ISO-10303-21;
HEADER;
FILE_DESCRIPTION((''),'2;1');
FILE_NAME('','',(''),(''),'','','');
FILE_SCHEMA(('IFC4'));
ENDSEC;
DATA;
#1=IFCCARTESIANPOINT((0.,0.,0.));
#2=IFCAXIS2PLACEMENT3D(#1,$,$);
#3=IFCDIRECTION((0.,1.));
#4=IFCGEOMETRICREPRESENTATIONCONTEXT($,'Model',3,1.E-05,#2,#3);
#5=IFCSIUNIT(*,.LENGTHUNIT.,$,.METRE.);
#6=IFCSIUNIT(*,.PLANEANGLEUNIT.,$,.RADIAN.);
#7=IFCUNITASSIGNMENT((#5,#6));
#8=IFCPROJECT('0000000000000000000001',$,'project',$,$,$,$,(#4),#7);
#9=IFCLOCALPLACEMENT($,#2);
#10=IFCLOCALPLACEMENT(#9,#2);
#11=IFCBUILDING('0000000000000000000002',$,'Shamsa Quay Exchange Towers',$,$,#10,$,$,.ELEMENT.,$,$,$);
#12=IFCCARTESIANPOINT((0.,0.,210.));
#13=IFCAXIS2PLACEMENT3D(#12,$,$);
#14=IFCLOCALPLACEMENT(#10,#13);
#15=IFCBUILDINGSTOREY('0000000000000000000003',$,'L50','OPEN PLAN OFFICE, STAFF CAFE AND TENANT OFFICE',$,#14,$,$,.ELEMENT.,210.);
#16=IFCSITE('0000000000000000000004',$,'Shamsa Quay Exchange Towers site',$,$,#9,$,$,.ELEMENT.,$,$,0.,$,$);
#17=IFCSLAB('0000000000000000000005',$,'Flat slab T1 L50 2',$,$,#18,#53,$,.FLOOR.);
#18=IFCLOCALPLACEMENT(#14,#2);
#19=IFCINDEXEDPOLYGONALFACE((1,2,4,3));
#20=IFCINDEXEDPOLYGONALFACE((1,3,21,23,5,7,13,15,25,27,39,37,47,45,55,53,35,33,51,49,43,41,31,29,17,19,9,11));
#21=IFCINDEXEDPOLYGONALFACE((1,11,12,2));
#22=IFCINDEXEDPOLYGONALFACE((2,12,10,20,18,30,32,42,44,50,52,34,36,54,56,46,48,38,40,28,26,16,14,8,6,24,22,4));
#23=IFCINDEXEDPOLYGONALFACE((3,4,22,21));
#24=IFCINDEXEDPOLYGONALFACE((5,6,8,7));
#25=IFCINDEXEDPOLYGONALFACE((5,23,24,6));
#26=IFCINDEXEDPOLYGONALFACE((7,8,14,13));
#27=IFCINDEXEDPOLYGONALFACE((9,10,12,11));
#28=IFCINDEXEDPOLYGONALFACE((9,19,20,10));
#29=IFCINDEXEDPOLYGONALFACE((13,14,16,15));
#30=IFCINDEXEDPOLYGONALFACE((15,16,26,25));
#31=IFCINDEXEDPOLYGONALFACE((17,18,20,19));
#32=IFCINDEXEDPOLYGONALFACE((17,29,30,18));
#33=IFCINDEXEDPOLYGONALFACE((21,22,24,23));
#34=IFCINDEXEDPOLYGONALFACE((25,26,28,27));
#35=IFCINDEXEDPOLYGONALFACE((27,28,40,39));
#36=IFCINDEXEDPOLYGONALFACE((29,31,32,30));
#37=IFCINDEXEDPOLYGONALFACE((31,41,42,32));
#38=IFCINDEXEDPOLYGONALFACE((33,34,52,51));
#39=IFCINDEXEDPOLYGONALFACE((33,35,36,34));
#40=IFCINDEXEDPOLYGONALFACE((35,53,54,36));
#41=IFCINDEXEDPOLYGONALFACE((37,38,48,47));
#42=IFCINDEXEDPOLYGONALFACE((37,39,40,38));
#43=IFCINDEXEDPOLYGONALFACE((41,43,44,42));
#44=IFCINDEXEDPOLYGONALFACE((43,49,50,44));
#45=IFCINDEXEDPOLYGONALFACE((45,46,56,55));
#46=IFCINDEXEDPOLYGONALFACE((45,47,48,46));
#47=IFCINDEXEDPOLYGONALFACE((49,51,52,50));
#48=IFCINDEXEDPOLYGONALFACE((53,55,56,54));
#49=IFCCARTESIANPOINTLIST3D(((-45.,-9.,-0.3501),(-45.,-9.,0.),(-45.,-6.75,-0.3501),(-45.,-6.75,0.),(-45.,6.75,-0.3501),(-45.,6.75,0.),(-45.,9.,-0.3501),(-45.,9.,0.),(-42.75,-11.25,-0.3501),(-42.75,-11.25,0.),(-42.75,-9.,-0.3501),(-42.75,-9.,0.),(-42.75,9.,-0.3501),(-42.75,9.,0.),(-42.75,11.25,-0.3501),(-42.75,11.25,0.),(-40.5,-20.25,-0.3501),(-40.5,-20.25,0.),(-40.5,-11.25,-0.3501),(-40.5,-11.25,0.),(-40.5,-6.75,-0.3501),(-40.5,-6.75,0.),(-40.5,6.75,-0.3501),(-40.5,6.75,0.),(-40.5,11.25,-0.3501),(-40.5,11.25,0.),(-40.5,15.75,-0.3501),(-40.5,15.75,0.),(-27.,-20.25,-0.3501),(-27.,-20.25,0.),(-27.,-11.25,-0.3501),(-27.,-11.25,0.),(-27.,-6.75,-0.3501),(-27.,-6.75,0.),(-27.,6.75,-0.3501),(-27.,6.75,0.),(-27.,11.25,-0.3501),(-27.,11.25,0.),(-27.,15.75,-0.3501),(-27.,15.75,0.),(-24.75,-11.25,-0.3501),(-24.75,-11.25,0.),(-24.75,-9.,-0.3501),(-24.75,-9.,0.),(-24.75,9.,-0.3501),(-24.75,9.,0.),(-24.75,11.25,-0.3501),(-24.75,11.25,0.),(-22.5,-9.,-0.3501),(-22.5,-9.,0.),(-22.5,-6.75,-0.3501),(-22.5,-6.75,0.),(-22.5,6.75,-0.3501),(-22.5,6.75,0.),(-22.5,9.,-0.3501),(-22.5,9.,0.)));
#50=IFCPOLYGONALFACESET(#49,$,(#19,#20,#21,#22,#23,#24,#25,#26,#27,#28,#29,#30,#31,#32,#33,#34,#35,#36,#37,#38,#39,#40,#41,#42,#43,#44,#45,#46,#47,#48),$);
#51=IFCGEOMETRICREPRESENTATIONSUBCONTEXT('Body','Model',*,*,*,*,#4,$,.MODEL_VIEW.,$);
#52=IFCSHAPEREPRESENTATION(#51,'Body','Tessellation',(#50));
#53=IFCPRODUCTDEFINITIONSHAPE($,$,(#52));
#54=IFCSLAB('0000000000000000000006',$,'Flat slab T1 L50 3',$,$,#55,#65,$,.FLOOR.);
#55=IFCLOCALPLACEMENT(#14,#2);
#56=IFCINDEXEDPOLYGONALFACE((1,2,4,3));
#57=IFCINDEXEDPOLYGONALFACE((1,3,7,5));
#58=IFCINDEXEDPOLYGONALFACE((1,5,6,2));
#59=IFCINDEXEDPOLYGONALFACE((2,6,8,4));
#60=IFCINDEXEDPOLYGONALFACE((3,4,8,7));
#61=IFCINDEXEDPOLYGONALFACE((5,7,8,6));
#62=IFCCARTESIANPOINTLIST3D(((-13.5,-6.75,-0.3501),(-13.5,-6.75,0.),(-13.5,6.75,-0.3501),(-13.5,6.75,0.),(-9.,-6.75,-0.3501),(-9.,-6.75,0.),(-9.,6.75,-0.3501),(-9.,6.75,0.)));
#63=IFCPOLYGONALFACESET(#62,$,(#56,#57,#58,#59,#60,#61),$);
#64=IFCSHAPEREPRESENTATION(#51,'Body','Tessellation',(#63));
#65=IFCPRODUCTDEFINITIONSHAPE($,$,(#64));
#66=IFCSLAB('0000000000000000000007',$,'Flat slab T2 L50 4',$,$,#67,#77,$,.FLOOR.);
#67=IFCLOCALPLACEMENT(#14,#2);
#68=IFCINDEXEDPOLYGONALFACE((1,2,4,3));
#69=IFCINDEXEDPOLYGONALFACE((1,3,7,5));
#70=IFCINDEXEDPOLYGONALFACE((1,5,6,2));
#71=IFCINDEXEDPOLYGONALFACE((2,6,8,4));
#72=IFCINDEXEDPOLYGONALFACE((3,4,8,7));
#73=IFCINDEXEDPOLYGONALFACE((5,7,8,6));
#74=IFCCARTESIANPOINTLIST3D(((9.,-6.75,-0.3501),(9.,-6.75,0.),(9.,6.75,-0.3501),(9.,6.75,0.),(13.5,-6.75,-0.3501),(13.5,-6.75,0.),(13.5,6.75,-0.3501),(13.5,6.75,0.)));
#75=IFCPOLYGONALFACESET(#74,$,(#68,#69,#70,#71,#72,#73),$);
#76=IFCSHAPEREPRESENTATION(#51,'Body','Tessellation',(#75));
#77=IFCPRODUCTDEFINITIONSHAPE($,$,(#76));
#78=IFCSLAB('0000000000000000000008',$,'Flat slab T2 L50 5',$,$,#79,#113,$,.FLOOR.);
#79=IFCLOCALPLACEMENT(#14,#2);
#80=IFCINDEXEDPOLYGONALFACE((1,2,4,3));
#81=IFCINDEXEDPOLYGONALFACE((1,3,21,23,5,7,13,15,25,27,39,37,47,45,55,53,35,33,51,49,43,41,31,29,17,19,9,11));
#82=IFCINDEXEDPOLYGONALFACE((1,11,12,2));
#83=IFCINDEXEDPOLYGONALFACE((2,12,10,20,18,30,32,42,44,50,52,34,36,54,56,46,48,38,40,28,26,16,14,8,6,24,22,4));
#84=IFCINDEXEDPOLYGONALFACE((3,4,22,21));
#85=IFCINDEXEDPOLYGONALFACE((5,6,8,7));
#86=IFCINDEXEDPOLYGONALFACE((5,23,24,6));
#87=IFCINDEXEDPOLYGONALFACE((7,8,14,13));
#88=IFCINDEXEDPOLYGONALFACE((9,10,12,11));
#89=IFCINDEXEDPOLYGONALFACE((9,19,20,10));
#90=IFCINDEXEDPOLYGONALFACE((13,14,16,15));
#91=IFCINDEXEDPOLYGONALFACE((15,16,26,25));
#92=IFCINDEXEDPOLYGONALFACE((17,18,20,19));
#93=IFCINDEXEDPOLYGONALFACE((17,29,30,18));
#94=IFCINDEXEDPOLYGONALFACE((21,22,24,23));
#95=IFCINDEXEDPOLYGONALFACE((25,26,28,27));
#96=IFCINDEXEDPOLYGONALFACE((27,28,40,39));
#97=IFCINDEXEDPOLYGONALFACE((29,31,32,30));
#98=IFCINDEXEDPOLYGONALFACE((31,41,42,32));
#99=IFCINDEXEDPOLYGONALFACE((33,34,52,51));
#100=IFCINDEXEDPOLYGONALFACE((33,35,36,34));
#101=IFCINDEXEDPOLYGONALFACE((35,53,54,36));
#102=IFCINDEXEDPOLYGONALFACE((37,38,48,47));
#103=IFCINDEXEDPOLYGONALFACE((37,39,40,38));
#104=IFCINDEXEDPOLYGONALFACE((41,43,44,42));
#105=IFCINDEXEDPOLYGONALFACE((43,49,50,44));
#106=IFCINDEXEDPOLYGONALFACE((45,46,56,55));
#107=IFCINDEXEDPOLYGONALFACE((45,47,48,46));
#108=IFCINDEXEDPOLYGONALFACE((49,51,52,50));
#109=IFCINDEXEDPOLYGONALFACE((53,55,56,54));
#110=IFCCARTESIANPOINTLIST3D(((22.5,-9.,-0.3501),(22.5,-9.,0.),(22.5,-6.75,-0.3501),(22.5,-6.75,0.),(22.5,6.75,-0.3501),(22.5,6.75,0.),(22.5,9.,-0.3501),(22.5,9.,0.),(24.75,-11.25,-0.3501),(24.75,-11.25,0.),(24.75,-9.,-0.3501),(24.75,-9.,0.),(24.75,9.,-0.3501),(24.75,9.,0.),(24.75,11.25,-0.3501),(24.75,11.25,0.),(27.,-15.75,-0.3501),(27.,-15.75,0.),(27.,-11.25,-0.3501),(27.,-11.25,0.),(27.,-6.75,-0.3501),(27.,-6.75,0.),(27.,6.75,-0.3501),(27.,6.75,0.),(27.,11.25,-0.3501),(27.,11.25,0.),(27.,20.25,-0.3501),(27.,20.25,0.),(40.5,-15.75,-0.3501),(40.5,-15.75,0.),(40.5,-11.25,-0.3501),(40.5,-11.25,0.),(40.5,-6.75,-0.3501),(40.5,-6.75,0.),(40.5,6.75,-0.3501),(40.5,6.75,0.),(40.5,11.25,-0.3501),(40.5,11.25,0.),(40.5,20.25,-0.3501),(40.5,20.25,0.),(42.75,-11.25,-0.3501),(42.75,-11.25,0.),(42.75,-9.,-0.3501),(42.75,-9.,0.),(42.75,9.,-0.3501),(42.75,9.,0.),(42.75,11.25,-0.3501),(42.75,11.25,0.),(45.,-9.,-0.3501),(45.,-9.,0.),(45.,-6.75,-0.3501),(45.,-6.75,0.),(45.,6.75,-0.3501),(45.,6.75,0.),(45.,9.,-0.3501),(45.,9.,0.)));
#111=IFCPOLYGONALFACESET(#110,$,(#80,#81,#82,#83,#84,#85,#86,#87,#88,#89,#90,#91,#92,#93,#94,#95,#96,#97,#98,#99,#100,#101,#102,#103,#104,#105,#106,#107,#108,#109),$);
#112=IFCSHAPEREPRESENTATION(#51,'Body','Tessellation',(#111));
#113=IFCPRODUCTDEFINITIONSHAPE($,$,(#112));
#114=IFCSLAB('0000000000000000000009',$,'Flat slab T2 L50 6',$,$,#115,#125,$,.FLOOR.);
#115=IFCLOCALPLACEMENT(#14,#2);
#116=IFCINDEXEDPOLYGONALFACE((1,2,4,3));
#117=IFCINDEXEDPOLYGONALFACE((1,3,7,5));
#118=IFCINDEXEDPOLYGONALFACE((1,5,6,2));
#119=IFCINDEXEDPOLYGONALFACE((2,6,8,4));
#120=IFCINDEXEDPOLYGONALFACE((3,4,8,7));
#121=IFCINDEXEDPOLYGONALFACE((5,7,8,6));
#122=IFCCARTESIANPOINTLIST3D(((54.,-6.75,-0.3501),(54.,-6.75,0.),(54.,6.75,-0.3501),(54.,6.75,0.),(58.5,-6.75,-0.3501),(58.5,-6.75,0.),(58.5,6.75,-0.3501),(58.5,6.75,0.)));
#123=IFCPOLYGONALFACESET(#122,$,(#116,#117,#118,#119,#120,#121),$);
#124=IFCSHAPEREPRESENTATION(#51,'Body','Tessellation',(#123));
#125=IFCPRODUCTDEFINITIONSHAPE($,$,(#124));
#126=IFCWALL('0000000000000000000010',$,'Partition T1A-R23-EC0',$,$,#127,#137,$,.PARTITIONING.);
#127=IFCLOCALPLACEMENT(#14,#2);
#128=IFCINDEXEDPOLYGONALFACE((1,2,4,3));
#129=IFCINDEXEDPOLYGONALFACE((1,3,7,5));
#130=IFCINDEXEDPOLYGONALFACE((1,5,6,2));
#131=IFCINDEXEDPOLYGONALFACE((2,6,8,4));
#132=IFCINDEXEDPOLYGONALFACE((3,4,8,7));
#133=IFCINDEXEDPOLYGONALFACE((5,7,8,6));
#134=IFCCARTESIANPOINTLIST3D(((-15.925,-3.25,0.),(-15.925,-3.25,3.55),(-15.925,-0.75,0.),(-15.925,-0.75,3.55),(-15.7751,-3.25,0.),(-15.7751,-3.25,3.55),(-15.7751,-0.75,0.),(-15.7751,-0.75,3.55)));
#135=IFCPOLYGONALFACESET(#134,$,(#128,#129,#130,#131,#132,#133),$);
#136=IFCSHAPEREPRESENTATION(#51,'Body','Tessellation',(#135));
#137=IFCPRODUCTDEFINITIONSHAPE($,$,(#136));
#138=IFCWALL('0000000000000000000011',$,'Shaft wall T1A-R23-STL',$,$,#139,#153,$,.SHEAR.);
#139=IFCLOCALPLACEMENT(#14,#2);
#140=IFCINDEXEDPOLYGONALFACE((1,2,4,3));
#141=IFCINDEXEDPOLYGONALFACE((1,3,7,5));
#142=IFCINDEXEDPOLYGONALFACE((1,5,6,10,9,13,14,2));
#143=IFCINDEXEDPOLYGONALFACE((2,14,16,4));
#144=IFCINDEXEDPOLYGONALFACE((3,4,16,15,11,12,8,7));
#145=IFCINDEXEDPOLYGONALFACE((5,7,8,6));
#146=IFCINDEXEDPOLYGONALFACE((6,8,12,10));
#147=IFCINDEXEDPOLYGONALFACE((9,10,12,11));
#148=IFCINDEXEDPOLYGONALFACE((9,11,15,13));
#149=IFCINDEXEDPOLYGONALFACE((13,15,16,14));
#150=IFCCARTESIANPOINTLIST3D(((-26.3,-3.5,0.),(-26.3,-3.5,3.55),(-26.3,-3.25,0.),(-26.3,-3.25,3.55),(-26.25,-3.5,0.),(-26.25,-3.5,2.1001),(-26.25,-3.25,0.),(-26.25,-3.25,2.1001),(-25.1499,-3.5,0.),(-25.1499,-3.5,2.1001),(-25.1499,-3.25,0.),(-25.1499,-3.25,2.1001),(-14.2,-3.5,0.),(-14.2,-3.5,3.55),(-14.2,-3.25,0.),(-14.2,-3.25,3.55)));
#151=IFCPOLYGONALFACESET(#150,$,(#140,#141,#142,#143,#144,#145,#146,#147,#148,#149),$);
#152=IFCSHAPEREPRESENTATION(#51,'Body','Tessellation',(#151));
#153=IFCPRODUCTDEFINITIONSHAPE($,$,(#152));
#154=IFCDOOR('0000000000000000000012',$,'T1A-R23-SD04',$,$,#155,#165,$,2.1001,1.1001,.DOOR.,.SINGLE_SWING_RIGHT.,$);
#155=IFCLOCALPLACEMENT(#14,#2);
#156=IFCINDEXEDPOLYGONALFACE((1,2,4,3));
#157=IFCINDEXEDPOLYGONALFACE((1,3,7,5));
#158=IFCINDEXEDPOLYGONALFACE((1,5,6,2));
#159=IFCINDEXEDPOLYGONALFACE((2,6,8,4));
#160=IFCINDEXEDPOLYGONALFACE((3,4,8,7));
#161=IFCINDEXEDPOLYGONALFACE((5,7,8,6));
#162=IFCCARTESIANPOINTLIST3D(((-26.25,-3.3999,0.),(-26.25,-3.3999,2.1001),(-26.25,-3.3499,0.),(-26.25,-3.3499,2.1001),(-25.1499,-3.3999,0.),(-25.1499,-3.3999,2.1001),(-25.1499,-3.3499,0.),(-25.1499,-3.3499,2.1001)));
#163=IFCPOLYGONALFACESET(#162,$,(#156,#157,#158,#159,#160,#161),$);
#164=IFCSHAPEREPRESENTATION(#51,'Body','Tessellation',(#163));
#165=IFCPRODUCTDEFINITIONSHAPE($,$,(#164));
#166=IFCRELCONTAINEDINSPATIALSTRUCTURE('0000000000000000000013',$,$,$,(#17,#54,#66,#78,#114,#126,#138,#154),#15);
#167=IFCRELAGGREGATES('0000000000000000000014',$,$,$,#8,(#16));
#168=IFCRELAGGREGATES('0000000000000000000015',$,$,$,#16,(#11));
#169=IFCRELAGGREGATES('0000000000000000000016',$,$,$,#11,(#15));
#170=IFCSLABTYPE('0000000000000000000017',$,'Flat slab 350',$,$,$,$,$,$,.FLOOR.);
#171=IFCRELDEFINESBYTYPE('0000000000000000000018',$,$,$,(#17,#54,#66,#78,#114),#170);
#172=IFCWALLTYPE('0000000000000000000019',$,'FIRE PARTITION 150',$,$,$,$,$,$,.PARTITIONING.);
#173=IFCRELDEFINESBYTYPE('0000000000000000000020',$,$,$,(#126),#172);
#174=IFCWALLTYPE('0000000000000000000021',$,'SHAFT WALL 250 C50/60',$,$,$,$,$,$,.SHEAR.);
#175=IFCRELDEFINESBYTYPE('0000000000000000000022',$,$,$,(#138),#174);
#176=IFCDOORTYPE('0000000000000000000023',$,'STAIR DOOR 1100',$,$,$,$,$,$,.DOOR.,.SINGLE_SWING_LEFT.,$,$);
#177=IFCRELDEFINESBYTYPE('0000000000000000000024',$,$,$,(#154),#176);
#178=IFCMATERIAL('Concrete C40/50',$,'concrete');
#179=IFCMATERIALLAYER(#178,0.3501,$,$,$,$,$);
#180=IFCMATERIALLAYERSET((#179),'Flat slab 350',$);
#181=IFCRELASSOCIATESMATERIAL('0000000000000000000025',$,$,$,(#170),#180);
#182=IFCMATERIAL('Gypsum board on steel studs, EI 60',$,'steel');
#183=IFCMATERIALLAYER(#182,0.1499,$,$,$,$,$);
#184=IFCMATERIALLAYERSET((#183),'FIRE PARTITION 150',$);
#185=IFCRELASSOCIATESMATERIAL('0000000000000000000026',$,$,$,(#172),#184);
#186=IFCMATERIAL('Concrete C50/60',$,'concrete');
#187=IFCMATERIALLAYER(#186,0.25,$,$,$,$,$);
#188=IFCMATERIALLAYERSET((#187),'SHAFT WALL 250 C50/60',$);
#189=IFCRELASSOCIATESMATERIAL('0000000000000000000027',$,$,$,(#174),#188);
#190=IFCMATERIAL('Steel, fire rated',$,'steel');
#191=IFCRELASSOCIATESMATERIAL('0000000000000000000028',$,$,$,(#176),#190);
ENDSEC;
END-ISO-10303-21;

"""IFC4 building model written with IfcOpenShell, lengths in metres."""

from ifc_helpers import new_model, si_unit, direction, frame, frame_2d, origin, place, context, subcontext, project, spatial, polyline, rectangle, outline, extrude, material, layer, layer_set, type_object, element, fill, save


model = new_model("IFC4")

# Units and contexts
model_context = context("Model", 3, precision=1e-05, world=origin(), true_north=direction((0.0, 1.0)))
body_context = subcontext(model_context, "Body", "Model", "MODEL_VIEW")
ifc_project = project(units=[si_unit("LENGTHUNIT", "METRE"), si_unit("PLANEANGLEUNIT", "RADIAN")], contexts=[model_context])

# Site, building, storey
site_placement = place(None, origin())
site = spatial("IfcSite", under=ifc_project, at=site_placement, Name="Shamsa Quay Exchange Towers site", CompositionType="ELEMENT", RefElevation=0.0)
building_placement = place(site_placement, origin())
building = spatial("IfcBuilding", under=site, at=building_placement, Name="Shamsa Quay Exchange Towers", CompositionType="ELEMENT")
storey_placement = place(building_placement, frame((0.0, 0.0, 210.0)))
storey = spatial("IfcBuildingStorey", under=building, at=storey_placement, Name="L50", Description="OPEN PLAN OFFICE, STAFF CAFE AND TENANT OFFICE", CompositionType="ELEMENT", Elevation=210.0)

# Slabs
ifc_material_1 = material(Name="Concrete C40/50", Category="concrete")
ifc_layer_1 = layer(ifc_material_1, 0.3501)
ifc_layer_set_1 = layer_set([ifc_layer_1], Name="Flat slab 350")
slab_type_1 = type_object("IfcSlabType", Name="Flat slab 350", PredefinedType="FLOOR", material=ifc_layer_set_1)
slab_1_placement = place(storey_placement, frame((0.0, 0.0, -0.3501)))
element("IfcSlab", 1, at=slab_1_placement, inside=storey, type_object=slab_type_1, Name="Flat slab T1 L50 2", PredefinedType="FLOOR", context=body_context, shape_type="SweptSolid", body=[
    extrude(outline(polyline([(-22.5, -9.0), (-22.5, -6.75), (-27.0, -6.75), (-27.0, 6.75), (-22.5, 6.75), (-22.5, 9.0), (-24.75, 9.0), (-24.75, 11.25), (-27.0, 11.25), (-27.0, 15.75), (-40.5, 15.75), (-40.5, 11.25), (-42.75, 11.25), (-42.75, 9.0), (-45.0, 9.0), (-45.0, 6.75), (-40.5, 6.75), (-40.5, -6.75), (-45.0, -6.75), (-45.0, -9.0), (-42.75, -9.0), (-42.75, -11.25), (-40.5, -11.25), (-40.5, -20.25), (-27.0, -20.25), (-27.0, -11.25), (-24.75, -11.25), (-24.75, -9.0), (-22.5, -9.0)])), origin(), (0.0, 0.0, 1.0), 0.3501),
])
slab_2_placement = place(storey_placement, frame((0.0, 0.0, -0.3501)))
element("IfcSlab", 2, at=slab_2_placement, inside=storey, type_object=slab_type_1, Name="Flat slab T1 L50 3", PredefinedType="FLOOR", context=body_context, shape_type="SweptSolid", body=[
    extrude(outline(polyline([(-9.0, 6.75), (-13.5, 6.75), (-13.5, -6.75), (-9.0, -6.75), (-9.0, 6.75)])), origin(), (0.0, 0.0, 1.0), 0.3501),
])
slab_3_placement = place(storey_placement, frame((0.0, 0.0, -0.3501)))
element("IfcSlab", 3, at=slab_3_placement, inside=storey, type_object=slab_type_1, Name="Flat slab T2 L50 4", PredefinedType="FLOOR", context=body_context, shape_type="SweptSolid", body=[
    extrude(outline(polyline([(9.0, -6.75), (13.5, -6.75), (13.5, 6.75), (9.0, 6.75), (9.0, -6.75)])), origin(), (0.0, 0.0, 1.0), 0.3501),
])
slab_4_placement = place(storey_placement, frame((0.0, 0.0, -0.3501)))
element("IfcSlab", 4, at=slab_4_placement, inside=storey, type_object=slab_type_1, Name="Flat slab T2 L50 5", PredefinedType="FLOOR", context=body_context, shape_type="SweptSolid", body=[
    extrude(outline(polyline([(45.0, -9.0), (45.0, -6.75), (40.5, -6.75), (40.5, 6.75), (45.0, 6.75), (45.0, 9.0), (42.75, 9.0), (42.75, 11.25), (40.5, 11.25), (40.5, 20.25), (27.0, 20.25), (27.0, 11.25), (24.75, 11.25), (24.75, 9.0), (22.5, 9.0), (22.5, 6.75), (27.0, 6.75), (27.0, -6.75), (22.5, -6.75), (22.5, -9.0), (24.75, -9.0), (24.75, -11.25), (27.0, -11.25), (27.0, -15.75), (40.5, -15.75), (40.5, -11.25), (42.75, -11.25), (42.75, -9.0), (45.0, -9.0)])), origin(), (0.0, 0.0, 1.0), 0.3501),
])
slab_5_placement = place(storey_placement, frame((0.0, 0.0, -0.3501)))
element("IfcSlab", 5, at=slab_5_placement, inside=storey, type_object=slab_type_1, Name="Flat slab T2 L50 6", PredefinedType="FLOOR", context=body_context, shape_type="SweptSolid", body=[
    extrude(outline(polyline([(58.5, 6.75), (54.0, 6.75), (54.0, -6.75), (58.5, -6.75), (58.5, 6.75)])), origin(), (0.0, 0.0, 1.0), 0.3501),
])

# Wall
ifc_material_2 = material(Name="Gypsum board on steel studs, EI 60", Category="steel")
ifc_layer_2 = layer(ifc_material_2, 0.1499)
ifc_layer_set_2 = layer_set([ifc_layer_2], Name="FIRE PARTITION 150")
wall_type_1 = type_object("IfcWallType", Name="FIRE PARTITION 150", PredefinedType="PARTITIONING", material=ifc_layer_set_2)
wall_1_placement = place(storey_placement, frame((-15.8501, -3.25, 0.0), z_axis=(0.0, 0.0, 1.0), x_axis=(0.0, 1.0, 0.0)))
element("IfcWall", 6, at=wall_1_placement, inside=storey, type_object=wall_type_1, Name="Partition T1A-R23-EC0", PredefinedType="PARTITIONING", context=body_context, shape_type="SweptSolid", body=[
    extrude(rectangle(XDim=2.5, YDim=0.1499, at=frame_2d((1.25, 0.0))), origin(), (0.0, 0.0, 1.0), 3.55),
])

# Wall, opening, door
ifc_material_3 = material(Name="Concrete C50/60", Category="concrete")
ifc_layer_3 = layer(ifc_material_3, 0.25)
ifc_layer_set_3 = layer_set([ifc_layer_3], Name="SHAFT WALL 250 C50/60")
wall_type_2 = type_object("IfcWallType", Name="SHAFT WALL 250 C50/60", PredefinedType="SHEAR", material=ifc_layer_set_3)
wall_2_placement = place(storey_placement, frame((-14.2, -3.375, 0.0), z_axis=(0.0, 0.0, 1.0), x_axis=(-1.0, 0.0, 0.0)))
wall_2 = element("IfcWall", 7, at=wall_2_placement, inside=storey, type_object=wall_type_2, Name="Shaft wall T1A-R23-STL", PredefinedType="SHEAR", context=body_context, shape_type="SweptSolid", body=[
    extrude(rectangle(XDim=12.1001, YDim=0.25, at=frame_2d((6.05, 0.0))), origin(), (0.0, 0.0, 1.0), 3.55),
])
opening_1_placement = place(wall_2_placement, frame((10.95, 0.0, 0.0)))
opening_1 = element("IfcOpeningElement", 8, at=opening_1_placement, cuts=wall_2, PredefinedType="OPENING", context=body_context, shape_type="SweptSolid", body=[
    extrude(rectangle(XDim=1.1001, YDim=2.1001, at=frame_2d((0.55, 1.05))), frame((0.0, 0.135, 0.0), z_axis=(0.0, -1.0, 0.0), x_axis=(1.0, 0.0, 0.0)), (0.0, 0.0, 1.0), 0.27),
])
ifc_material_4 = material(Name="Steel, fire rated", Category="steel")
door_type_1 = type_object("IfcDoorType", Name="STAIR DOOR 1100", OperationType="SINGLE_SWING_LEFT", PredefinedType="DOOR", material=ifc_material_4)
door_1_placement = place(opening_1_placement, origin())
door_1 = element("IfcDoor", 9, at=door_1_placement, inside=storey, type_object=door_type_1, Name="T1A-R23-SD04", OperationType="SINGLE_SWING_RIGHT", OverallHeight=2.1001, OverallWidth=1.1001, PredefinedType="DOOR", context=body_context, shape_type="SweptSolid", body=[
    extrude(rectangle(XDim=1.1001, YDim=2.1001, at=frame_2d((0.55, 1.05))), frame((0.0, 0.0249, 0.0), z_axis=(0.0, -1.0, 0.0), x_axis=(1.0, 0.0, 0.0)), (0.0, 0.0, 1.0), 0.05),
])
fill(opening_1, door_1)

save(model, "model.ifc")
